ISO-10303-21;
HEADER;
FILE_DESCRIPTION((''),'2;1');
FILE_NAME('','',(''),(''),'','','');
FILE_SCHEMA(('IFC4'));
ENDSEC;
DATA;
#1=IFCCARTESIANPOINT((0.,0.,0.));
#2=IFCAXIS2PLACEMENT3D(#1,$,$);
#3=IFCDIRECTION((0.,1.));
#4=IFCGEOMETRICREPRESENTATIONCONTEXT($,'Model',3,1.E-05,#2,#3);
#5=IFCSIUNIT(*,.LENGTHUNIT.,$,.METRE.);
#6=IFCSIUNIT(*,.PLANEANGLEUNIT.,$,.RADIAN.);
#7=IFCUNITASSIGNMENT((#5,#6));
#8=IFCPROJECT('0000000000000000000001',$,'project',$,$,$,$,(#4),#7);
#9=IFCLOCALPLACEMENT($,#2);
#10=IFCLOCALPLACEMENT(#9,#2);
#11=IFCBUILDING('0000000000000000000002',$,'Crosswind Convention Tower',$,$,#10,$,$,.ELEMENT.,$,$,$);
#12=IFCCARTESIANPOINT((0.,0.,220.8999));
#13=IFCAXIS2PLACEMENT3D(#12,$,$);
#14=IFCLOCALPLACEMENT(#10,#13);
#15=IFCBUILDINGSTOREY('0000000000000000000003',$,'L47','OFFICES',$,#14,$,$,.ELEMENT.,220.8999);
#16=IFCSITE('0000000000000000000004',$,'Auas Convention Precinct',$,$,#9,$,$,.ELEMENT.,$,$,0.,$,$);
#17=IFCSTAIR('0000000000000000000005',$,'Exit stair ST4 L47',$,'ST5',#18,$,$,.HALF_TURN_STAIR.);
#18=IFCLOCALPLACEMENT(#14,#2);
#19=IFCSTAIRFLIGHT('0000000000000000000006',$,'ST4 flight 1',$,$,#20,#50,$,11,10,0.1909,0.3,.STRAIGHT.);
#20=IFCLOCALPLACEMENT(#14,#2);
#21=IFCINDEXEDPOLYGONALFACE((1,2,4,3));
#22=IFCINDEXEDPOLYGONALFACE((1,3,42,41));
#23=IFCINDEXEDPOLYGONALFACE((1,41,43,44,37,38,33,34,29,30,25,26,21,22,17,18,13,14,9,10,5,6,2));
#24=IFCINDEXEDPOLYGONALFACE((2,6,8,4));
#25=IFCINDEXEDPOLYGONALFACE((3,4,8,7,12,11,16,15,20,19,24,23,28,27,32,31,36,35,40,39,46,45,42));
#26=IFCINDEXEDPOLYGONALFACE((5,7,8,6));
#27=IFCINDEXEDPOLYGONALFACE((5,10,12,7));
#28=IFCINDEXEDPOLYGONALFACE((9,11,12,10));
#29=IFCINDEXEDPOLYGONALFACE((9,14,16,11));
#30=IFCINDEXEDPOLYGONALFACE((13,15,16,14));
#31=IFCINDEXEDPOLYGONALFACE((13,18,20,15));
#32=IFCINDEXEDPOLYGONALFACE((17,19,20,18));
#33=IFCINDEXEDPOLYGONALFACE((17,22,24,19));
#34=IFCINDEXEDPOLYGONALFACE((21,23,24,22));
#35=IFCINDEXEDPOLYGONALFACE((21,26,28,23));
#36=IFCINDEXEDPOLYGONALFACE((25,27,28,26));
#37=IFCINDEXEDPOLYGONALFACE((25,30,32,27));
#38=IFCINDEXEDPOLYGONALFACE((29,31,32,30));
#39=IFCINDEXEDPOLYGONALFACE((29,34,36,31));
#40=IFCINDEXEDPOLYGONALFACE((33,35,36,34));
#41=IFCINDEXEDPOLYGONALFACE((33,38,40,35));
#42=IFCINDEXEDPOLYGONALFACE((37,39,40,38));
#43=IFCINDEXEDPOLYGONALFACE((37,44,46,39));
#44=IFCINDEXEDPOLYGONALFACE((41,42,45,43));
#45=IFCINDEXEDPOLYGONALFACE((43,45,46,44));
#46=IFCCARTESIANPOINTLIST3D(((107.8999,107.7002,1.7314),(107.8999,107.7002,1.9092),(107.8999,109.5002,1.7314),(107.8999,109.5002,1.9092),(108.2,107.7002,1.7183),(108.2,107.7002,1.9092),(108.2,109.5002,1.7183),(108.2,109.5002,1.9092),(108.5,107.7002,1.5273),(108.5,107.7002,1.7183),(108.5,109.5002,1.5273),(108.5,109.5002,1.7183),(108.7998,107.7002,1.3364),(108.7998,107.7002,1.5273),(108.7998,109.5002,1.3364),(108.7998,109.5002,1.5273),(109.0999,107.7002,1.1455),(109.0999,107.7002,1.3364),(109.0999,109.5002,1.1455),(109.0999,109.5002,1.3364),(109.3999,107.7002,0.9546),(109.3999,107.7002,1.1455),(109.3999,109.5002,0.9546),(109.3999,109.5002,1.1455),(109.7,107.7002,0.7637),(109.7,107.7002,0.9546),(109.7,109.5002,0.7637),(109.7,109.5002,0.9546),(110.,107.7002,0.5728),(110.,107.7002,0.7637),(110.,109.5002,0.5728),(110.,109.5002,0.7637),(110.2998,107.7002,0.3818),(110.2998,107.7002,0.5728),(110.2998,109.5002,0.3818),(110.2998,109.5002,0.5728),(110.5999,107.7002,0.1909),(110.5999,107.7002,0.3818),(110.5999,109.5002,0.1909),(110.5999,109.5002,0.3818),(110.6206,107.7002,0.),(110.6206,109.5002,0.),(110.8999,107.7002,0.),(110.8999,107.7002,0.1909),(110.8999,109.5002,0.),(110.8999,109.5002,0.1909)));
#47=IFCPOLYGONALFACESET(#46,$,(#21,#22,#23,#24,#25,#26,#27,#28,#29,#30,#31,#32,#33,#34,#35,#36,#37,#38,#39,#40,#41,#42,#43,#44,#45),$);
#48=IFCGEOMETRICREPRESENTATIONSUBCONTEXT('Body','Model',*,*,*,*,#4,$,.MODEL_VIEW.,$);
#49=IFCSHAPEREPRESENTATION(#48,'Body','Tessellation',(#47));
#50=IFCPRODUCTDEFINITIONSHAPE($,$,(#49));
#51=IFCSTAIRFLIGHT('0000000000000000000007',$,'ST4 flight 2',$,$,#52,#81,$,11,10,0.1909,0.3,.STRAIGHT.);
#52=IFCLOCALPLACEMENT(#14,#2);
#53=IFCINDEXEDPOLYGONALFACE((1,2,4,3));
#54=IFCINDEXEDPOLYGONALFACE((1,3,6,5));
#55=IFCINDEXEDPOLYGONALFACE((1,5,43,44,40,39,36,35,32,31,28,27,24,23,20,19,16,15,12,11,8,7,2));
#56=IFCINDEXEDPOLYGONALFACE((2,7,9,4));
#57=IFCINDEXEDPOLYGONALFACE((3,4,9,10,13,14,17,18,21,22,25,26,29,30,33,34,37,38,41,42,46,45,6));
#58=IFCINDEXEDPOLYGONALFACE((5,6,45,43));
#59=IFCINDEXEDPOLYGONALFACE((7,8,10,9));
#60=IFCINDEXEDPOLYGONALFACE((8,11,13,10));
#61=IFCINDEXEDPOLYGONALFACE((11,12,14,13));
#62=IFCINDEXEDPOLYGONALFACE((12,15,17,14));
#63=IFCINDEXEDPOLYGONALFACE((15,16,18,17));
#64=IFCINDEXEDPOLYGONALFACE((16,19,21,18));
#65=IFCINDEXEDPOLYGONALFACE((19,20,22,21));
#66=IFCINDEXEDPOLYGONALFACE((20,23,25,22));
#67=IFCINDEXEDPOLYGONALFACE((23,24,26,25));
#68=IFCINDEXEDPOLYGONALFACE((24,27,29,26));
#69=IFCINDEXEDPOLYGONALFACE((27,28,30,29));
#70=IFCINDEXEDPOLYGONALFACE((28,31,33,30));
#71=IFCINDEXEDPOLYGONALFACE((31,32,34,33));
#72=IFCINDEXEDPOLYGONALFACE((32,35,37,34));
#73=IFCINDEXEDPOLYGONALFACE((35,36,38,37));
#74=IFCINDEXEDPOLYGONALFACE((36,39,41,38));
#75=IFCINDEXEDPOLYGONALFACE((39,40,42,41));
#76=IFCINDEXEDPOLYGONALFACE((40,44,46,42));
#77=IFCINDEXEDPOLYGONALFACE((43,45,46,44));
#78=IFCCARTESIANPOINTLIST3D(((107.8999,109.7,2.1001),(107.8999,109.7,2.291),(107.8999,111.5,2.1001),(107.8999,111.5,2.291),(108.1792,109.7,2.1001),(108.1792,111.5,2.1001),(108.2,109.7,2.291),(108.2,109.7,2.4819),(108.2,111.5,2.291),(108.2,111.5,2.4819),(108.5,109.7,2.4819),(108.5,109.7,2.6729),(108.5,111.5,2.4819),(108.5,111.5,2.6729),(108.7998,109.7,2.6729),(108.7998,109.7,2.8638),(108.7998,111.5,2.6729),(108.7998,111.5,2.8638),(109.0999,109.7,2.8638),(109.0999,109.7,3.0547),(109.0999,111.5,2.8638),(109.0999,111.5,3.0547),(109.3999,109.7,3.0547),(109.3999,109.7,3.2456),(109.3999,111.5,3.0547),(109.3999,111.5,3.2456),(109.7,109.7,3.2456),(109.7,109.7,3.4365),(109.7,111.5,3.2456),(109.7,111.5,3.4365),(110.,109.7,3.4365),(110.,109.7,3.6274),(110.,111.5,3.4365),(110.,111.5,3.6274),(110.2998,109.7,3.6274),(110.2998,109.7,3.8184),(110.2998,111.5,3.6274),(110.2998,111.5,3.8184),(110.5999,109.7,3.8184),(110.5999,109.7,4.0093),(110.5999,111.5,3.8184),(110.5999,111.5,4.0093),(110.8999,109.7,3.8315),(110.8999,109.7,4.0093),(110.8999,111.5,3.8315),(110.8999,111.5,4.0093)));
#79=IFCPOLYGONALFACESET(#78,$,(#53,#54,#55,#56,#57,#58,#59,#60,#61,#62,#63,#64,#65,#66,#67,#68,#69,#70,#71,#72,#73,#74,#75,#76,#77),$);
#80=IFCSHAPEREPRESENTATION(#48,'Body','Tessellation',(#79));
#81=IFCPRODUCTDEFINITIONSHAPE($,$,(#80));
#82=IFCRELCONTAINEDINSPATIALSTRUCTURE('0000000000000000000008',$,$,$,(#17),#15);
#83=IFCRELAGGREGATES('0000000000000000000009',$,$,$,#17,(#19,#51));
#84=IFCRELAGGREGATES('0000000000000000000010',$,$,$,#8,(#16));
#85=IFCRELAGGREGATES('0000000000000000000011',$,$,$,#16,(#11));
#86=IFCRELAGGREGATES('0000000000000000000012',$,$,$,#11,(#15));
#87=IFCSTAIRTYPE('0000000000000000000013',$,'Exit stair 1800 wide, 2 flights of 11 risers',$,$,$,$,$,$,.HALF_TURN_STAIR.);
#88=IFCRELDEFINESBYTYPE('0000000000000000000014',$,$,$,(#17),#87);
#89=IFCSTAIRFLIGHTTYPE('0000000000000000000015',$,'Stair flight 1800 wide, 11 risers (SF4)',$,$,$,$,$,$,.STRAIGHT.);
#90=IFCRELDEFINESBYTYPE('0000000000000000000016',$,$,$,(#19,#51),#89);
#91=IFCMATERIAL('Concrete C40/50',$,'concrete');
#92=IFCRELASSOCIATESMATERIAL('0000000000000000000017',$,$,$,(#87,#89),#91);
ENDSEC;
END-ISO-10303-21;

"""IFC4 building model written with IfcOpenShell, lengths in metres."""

from ifc_helpers import new_model, si_unit, direction, frame, origin, place, context, subcontext, project, spatial, polyline, outline, extrude, material, type_object, element, aggregate, save


model = new_model("IFC4")

# Units and contexts
model_context = context("Model", 3, precision=1e-05, world=origin(), true_north=direction((0.0, 1.0)))
body_context = subcontext(model_context, "Body", "Model", "MODEL_VIEW")
ifc_project = project(units=[si_unit("LENGTHUNIT", "METRE"), si_unit("PLANEANGLEUNIT", "RADIAN")], contexts=[model_context])

# Site, building, storey
site_placement = place(None, origin())
site = spatial("IfcSite", under=ifc_project, at=site_placement, Name="Auas Convention Precinct", CompositionType="ELEMENT", RefElevation=0.0)
building_placement = place(site_placement, origin())
building = spatial("IfcBuilding", under=site, at=building_placement, Name="Crosswind Convention Tower", CompositionType="ELEMENT")
storey_placement = place(building_placement, frame((0.0, 0.0, 220.8999)))
storey = spatial("IfcBuildingStorey", under=building, at=storey_placement, Name="L47", Description="OFFICES", CompositionType="ELEMENT", Elevation=220.8999)

# Stair, stair flights
ifc_material_1 = material(Name="Concrete C40/50", Category="concrete")
stair_type = type_object("IfcStairType", Name="Exit stair 1800 wide, 2 flights of 11 risers", PredefinedType="HALF_TURN_STAIR", material=ifc_material_1)
stair_placement = place(storey_placement, origin())
stair = element("IfcStair", 1, at=stair_placement, inside=storey, type_object=stair_type, Name="Exit stair ST4 L47", ObjectType="ST5", PredefinedType="HALF_TURN_STAIR")
stair_flight_type = type_object("IfcStairFlightType", Name="Stair flight 1800 wide, 11 risers (SF4)", PredefinedType="STRAIGHT", material=ifc_material_1)
stair_flight_1_placement = place(storey_placement, frame((110.8999, 108.6001, 0.0), z_axis=(0.0, 0.0, 1.0), x_axis=(-1.0, 0.0, 0.0)))
stair_flight_1 = element("IfcStairFlight", 2, at=stair_flight_1_placement, type_object=stair_flight_type, Name="ST4 flight 1", NumberOfRisers=11, NumberOfTreads=10, PredefinedType="STRAIGHT", RiserHeight=0.1909, TreadLength=0.3, context=body_context, shape_type="SweptSolid", body=[
    extrude(outline(polyline([(0.0, 0.0), (0.0, 0.1909), (0.3, 0.1909), (0.3, 0.3818), (0.6001, 0.3818), (0.6001, 0.5728), (0.8999, 0.5728), (0.8999, 0.7637), (1.2, 0.7637), (1.2, 0.9546), (1.5, 0.9546), (1.5, 1.1455), (1.8, 1.1455), (1.8, 1.3364), (2.1001, 1.3364), (2.1001, 1.5273), (2.3999, 1.5273), (2.3999, 1.7183), (2.7, 1.7183), (2.7, 1.9092), (3.0, 1.9092), (3.0, 2.1001), (3.0, 1.7314), (0.2793, 0.0), (0.0, 0.0)])), frame((0.0, 0.8999, 0.0), z_axis=(0.0, -1.0, 0.0), x_axis=(1.0, 0.0, 0.0)), (0.0, 0.0, 1.0), 1.8),
])
stair_flight_2_placement = place(storey_placement, frame((107.8999, 110.6001, 2.1001), z_axis=(0.0, 0.0, 1.0), x_axis=(1.0, 0.0, 0.0)))
stair_flight_2 = element("IfcStairFlight", 3, at=stair_flight_2_placement, type_object=stair_flight_type, Name="ST4 flight 2", NumberOfRisers=11, NumberOfTreads=10, PredefinedType="STRAIGHT", RiserHeight=0.1909, TreadLength=0.3, context=body_context, shape_type="SweptSolid", body=[
    extrude(outline(polyline([(0.0, 0.0), (0.0, 0.1909), (0.3, 0.1909), (0.3, 0.3818), (0.6001, 0.3818), (0.6001, 0.5728), (0.8999, 0.5728), (0.8999, 0.7637), (1.2, 0.7637), (1.2, 0.9546), (1.5, 0.9546), (1.5, 1.1455), (1.8, 1.1455), (1.8, 1.3364), (2.1001, 1.3364), (2.1001, 1.5273), (2.3999, 1.5273), (2.3999, 1.7183), (2.7, 1.7183), (2.7, 1.9092), (3.0, 1.9092), (3.0, 2.1001), (3.0, 1.7314), (0.2793, 0.0), (0.0, 0.0)])), frame((0.0, 0.8999, 0.0), z_axis=(0.0, -1.0, 0.0), x_axis=(1.0, 0.0, 0.0)), (0.0, 0.0, 1.0), 1.8),
])
aggregate(stair, [stair_flight_1, stair_flight_2])

save(model, "model.ifc")
